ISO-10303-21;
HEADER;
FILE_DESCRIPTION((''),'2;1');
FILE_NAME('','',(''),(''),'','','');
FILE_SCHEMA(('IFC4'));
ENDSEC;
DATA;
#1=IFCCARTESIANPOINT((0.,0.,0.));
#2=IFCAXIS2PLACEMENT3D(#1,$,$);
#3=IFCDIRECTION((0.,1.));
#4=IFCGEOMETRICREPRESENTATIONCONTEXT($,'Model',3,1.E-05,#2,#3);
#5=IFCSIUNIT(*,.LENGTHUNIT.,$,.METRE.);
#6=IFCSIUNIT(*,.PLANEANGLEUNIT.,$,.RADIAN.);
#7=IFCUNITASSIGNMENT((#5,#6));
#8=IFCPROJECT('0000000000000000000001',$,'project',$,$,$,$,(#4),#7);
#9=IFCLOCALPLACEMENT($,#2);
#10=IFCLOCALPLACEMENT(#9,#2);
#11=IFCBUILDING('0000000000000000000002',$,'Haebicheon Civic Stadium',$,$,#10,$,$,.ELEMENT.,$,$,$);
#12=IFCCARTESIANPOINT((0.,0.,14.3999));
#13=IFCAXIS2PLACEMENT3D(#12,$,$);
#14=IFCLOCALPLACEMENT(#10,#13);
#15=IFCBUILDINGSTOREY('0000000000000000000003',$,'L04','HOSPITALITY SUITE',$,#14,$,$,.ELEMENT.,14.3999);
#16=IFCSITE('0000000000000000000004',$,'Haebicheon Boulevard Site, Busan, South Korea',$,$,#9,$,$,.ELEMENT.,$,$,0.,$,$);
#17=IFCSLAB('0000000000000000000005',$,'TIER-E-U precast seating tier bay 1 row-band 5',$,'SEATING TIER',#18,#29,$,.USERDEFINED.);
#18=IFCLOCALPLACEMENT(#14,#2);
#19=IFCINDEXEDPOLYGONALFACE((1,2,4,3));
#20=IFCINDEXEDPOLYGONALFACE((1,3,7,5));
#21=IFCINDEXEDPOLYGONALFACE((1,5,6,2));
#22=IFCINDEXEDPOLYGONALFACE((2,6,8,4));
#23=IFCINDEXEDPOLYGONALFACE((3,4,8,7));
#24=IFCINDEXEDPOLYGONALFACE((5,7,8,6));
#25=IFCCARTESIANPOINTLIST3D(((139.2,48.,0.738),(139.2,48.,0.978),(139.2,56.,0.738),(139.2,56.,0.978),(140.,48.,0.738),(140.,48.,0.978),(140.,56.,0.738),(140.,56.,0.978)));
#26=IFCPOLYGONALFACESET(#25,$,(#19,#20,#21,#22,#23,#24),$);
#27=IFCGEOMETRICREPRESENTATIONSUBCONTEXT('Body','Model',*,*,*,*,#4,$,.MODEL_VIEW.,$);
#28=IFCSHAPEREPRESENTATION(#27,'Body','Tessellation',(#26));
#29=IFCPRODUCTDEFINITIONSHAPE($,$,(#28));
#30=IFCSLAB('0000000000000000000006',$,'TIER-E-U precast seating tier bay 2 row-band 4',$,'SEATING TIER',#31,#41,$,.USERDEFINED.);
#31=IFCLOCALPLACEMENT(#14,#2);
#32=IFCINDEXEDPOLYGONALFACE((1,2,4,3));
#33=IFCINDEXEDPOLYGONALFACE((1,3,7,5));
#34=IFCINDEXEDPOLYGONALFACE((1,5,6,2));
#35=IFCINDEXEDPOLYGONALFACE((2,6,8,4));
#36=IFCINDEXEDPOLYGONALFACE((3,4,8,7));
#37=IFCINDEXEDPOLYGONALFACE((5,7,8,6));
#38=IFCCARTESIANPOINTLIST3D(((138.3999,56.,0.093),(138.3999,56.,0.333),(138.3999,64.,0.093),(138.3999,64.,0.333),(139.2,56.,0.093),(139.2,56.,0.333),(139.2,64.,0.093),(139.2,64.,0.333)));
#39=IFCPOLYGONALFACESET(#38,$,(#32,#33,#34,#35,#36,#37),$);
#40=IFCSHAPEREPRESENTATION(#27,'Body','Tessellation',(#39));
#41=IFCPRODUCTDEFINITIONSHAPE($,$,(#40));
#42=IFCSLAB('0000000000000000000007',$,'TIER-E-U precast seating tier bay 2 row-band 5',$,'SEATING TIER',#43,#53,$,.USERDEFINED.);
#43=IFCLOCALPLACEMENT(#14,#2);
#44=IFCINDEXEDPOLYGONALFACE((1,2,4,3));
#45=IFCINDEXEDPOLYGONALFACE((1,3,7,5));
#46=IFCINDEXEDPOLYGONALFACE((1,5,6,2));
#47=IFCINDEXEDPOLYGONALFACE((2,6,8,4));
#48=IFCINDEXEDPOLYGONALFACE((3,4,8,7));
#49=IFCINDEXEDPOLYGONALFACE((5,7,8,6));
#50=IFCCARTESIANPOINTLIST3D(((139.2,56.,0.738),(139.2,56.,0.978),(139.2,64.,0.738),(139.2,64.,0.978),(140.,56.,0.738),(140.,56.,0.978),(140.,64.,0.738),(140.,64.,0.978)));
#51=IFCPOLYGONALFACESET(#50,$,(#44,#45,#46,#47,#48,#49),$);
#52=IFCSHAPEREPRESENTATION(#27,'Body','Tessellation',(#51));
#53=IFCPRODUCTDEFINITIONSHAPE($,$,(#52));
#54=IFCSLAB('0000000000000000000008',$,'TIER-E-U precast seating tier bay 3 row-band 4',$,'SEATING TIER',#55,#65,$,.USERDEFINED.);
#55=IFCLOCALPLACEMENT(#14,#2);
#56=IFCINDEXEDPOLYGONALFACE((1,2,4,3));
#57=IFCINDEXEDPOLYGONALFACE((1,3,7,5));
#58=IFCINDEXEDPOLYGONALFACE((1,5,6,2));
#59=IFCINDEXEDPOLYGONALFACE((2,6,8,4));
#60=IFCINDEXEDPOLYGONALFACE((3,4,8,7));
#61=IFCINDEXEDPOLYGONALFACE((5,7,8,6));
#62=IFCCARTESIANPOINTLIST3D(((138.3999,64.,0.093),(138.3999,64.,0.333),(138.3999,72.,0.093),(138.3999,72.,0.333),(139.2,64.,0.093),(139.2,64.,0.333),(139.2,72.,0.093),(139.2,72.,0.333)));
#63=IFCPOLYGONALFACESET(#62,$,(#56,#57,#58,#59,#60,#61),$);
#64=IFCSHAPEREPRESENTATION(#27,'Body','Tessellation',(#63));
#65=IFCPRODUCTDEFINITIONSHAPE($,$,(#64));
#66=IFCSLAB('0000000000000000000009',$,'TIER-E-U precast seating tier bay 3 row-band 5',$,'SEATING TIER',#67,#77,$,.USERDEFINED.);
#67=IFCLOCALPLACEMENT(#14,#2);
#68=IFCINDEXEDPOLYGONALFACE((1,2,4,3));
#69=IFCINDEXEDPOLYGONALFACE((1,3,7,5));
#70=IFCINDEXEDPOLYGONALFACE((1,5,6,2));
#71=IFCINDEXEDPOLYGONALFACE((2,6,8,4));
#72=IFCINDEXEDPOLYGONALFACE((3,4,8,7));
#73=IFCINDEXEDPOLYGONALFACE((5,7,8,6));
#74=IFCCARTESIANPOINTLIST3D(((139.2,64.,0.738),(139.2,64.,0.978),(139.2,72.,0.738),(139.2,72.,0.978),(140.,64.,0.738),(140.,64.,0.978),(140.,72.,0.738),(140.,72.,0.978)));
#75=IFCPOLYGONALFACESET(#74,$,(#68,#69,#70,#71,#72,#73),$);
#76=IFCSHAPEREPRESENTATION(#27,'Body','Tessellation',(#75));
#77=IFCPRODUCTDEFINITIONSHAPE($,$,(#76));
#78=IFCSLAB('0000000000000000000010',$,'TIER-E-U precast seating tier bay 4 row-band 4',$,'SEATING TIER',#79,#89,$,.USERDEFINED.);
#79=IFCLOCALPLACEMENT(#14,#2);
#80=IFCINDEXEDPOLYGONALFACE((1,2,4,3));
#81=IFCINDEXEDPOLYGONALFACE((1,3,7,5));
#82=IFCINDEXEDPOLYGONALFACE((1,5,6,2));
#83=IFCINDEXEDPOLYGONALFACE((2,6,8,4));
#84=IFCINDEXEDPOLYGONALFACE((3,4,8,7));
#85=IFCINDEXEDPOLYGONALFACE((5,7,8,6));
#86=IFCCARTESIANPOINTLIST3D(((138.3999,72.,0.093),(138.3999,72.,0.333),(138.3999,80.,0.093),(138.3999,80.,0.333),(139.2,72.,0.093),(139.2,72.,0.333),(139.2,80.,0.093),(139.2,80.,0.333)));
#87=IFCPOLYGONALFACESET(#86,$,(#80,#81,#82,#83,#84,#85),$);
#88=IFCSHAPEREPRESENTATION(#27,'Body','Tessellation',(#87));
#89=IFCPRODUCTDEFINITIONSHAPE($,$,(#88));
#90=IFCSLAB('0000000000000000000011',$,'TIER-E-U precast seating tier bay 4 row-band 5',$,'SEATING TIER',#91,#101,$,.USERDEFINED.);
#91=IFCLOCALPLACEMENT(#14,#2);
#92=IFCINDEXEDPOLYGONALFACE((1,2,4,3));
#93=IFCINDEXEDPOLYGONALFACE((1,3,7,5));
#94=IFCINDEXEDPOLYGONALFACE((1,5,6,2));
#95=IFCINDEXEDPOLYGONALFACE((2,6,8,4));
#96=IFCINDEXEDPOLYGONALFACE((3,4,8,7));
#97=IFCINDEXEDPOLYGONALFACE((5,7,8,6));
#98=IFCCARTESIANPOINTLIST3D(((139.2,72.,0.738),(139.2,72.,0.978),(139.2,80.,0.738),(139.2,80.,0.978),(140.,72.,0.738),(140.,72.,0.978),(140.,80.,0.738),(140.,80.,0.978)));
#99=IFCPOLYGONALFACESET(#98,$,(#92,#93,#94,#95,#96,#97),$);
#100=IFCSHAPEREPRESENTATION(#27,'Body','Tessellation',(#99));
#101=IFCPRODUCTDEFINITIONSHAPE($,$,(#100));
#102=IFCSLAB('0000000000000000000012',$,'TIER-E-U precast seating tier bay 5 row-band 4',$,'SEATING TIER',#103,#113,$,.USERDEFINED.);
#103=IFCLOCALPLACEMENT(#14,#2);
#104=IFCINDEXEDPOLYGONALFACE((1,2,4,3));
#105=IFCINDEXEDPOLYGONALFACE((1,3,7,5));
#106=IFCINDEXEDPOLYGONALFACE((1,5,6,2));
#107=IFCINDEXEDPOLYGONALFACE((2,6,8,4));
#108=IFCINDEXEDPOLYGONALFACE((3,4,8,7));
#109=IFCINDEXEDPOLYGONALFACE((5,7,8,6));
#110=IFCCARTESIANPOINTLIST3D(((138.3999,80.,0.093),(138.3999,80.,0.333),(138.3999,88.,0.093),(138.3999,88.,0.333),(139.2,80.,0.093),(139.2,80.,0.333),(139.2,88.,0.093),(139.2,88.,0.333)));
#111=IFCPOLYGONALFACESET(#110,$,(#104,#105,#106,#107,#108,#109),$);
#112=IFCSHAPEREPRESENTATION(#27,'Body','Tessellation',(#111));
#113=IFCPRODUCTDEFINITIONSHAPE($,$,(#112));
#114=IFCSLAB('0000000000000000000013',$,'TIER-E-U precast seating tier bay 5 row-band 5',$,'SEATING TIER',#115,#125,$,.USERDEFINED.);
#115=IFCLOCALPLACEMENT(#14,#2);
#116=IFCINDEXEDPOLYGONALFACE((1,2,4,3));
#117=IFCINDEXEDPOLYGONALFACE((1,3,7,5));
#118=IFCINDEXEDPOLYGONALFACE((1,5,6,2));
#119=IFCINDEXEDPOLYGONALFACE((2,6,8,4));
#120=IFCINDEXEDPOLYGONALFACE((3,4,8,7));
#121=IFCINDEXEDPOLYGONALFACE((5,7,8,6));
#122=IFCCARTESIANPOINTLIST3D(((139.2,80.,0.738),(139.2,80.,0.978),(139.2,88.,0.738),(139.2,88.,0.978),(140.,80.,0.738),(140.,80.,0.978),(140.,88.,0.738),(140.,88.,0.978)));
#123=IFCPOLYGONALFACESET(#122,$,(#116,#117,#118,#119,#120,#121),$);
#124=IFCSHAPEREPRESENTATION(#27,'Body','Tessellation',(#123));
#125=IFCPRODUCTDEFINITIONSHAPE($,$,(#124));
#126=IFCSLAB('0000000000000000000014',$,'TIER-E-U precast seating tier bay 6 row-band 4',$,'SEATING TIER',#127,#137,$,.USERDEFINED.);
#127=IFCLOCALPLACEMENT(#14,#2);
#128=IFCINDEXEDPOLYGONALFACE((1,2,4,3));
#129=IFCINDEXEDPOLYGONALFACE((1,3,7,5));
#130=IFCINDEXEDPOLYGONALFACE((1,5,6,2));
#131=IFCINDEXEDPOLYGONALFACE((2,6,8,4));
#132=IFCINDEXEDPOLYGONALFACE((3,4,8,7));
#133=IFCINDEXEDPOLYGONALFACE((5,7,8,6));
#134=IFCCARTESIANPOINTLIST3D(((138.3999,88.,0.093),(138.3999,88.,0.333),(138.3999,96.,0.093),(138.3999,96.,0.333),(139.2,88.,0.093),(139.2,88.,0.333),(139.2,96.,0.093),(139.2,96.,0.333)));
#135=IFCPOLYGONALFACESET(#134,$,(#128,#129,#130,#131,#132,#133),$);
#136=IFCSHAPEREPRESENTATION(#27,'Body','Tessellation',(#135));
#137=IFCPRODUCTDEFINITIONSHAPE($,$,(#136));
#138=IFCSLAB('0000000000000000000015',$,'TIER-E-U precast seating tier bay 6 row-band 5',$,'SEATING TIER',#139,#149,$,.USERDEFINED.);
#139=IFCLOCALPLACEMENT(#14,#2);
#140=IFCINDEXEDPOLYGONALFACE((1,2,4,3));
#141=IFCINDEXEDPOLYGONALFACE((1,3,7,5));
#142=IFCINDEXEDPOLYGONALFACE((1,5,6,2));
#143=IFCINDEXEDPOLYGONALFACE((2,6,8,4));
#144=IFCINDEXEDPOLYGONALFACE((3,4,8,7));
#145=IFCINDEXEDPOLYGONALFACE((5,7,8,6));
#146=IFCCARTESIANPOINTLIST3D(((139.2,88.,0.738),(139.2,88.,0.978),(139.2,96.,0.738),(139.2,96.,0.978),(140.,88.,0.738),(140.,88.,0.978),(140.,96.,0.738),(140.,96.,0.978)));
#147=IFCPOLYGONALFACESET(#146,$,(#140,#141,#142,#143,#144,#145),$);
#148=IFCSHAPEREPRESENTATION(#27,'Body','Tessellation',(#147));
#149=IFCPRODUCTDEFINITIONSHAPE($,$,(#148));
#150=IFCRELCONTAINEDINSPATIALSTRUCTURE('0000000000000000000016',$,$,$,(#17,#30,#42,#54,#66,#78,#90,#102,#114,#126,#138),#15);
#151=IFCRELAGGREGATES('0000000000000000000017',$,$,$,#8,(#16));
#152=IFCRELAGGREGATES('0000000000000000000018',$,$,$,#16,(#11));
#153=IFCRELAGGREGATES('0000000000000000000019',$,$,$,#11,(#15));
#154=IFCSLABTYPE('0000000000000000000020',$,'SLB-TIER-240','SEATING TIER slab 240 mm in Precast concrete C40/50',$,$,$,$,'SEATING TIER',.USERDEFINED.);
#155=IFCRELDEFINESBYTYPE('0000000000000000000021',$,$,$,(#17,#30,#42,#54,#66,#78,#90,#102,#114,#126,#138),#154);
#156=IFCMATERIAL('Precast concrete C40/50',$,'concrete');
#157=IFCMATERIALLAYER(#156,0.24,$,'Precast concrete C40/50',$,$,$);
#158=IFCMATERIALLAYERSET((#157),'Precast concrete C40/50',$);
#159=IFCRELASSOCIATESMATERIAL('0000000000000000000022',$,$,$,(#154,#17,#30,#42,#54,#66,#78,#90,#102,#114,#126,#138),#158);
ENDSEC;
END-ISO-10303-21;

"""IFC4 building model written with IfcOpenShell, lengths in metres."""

from ifc_helpers import new_model, si_unit, direction, frame, origin, place, context, subcontext, project, spatial, polyline, outline, extrude, material, layer, layer_set, type_object, element, save


model = new_model("IFC4")

# Units and contexts
model_context = context("Model", 3, precision=1e-05, world=origin(), true_north=direction((0.0, 1.0)))
body_context = subcontext(model_context, "Body", "Model", "MODEL_VIEW")
ifc_project = project(units=[si_unit("LENGTHUNIT", "METRE"), si_unit("PLANEANGLEUNIT", "RADIAN")], contexts=[model_context])

# Site, building, storey
site_placement = place(None, origin())
site = spatial("IfcSite", under=ifc_project, at=site_placement, Name="Haebicheon Boulevard Site, Busan, South Korea", CompositionType="ELEMENT", RefElevation=0.0)
building_placement = place(site_placement, origin())
building = spatial("IfcBuilding", under=site, at=building_placement, Name="Haebicheon Civic Stadium", CompositionType="ELEMENT")
storey_placement = place(building_placement, frame((0.0, 0.0, 14.3999)))
storey = spatial("IfcBuildingStorey", under=building, at=storey_placement, Name="L04", Description="HOSPITALITY SUITE", CompositionType="ELEMENT", Elevation=14.3999)

# Slabs
ifc_material_1 = material(Name="Precast concrete C40/50", Category="concrete")
ifc_layer_1 = layer(ifc_material_1, 0.24, Name="Precast concrete C40/50")
ifc_layer_set_1 = layer_set([ifc_layer_1], Name="Precast concrete C40/50")
slab_type_1 = type_object("IfcSlabType", Name="SLB-TIER-240", Description="SEATING TIER slab 240 mm in Precast concrete C40/50", ElementType="SEATING TIER", PredefinedType="USERDEFINED", material=ifc_layer_set_1)
slab_1_placement = place(storey_placement, frame((0.0, 0.0, 0.738)))
element("IfcSlab", 1, at=slab_1_placement, inside=storey, type_object=slab_type_1, material=ifc_layer_set_1, Name="TIER-E-U precast seating tier bay 1 row-band 5", ObjectType="SEATING TIER", PredefinedType="USERDEFINED", context=body_context, shape_type="SweptSolid", body=[
    extrude(outline(polyline([(139.2, 48.0), (140.0, 48.0), (140.0, 56.0), (139.2, 56.0), (139.2, 48.0)])), origin(), (0.0, 0.0, 1.0), 0.24),
])
slab_2_placement = place(storey_placement, frame((0.0, 0.0, 0.093)))
element("IfcSlab", 2, at=slab_2_placement, inside=storey, type_object=slab_type_1, material=ifc_layer_set_1, Name="TIER-E-U precast seating tier bay 2 row-band 4", ObjectType="SEATING TIER", PredefinedType="USERDEFINED", context=body_context, shape_type="SweptSolid", body=[
    extrude(outline(polyline([(138.3999, 56.0), (139.2, 56.0), (139.2, 64.0), (138.3999, 64.0), (138.3999, 56.0)])), origin(), (0.0, 0.0, 1.0), 0.24),
])
slab_3_placement = place(storey_placement, frame((0.0, 0.0, 0.738)))
element("IfcSlab", 3, at=slab_3_placement, inside=storey, type_object=slab_type_1, material=ifc_layer_set_1, Name="TIER-E-U precast seating tier bay 2 row-band 5", ObjectType="SEATING TIER", PredefinedType="USERDEFINED", context=body_context, shape_type="SweptSolid", body=[
    extrude(outline(polyline([(139.2, 56.0), (140.0, 56.0), (140.0, 64.0), (139.2, 64.0), (139.2, 56.0)])), origin(), (0.0, 0.0, 1.0), 0.24),
])
slab_4_placement = place(storey_placement, frame((0.0, 0.0, 0.093)))
element("IfcSlab", 4, at=slab_4_placement, inside=storey, type_object=slab_type_1, material=ifc_layer_set_1, Name="TIER-E-U precast seating tier bay 3 row-band 4", ObjectType="SEATING TIER", PredefinedType="USERDEFINED", context=body_context, shape_type="SweptSolid", body=[
    extrude(outline(polyline([(138.3999, 64.0), (139.2, 64.0), (139.2, 72.0), (138.3999, 72.0), (138.3999, 64.0)])), origin(), (0.0, 0.0, 1.0), 0.24),
])
slab_5_placement = place(storey_placement, frame((0.0, 0.0, 0.738)))
element("IfcSlab", 5, at=slab_5_placement, inside=storey, type_object=slab_type_1, material=ifc_layer_set_1, Name="TIER-E-U precast seating tier bay 3 row-band 5", ObjectType="SEATING TIER", PredefinedType="USERDEFINED", context=body_context, shape_type="SweptSolid", body=[
    extrude(outline(polyline([(139.2, 64.0), (140.0, 64.0), (140.0, 72.0), (139.2, 72.0), (139.2, 64.0)])), origin(), (0.0, 0.0, 1.0), 0.24),
])
slab_6_placement = place(storey_placement, frame((0.0, 0.0, 0.093)))
element("IfcSlab", 6, at=slab_6_placement, inside=storey, type_object=slab_type_1, material=ifc_layer_set_1, Name="TIER-E-U precast seating tier bay 4 row-band 4", ObjectType="SEATING TIER", PredefinedType="USERDEFINED", context=body_context, shape_type="SweptSolid", body=[
    extrude(outline(polyline([(138.3999, 72.0), (139.2, 72.0), (139.2, 80.0), (138.3999, 80.0), (138.3999, 72.0)])), origin(), (0.0, 0.0, 1.0), 0.24),
])
slab_7_placement = place(storey_placement, frame((0.0, 0.0, 0.738)))
element("IfcSlab", 7, at=slab_7_placement, inside=storey, type_object=slab_type_1, material=ifc_layer_set_1, Name="TIER-E-U precast seating tier bay 4 row-band 5", ObjectType="SEATING TIER", PredefinedType="USERDEFINED", context=body_context, shape_type="SweptSolid", body=[
    extrude(outline(polyline([(139.2, 72.0), (140.0, 72.0), (140.0, 80.0), (139.2, 80.0), (139.2, 72.0)])), origin(), (0.0, 0.0, 1.0), 0.24),
])
slab_8_placement = place(storey_placement, frame((0.0, 0.0, 0.093)))
element("IfcSlab", 8, at=slab_8_placement, inside=storey, type_object=slab_type_1, material=ifc_layer_set_1, Name="TIER-E-U precast seating tier bay 5 row-band 4", ObjectType="SEATING TIER", PredefinedType="USERDEFINED", context=body_context, shape_type="SweptSolid", body=[
    extrude(outline(polyline([(138.3999, 80.0), (139.2, 80.0), (139.2, 88.0), (138.3999, 88.0), (138.3999, 80.0)])), origin(), (0.0, 0.0, 1.0), 0.24),
])
slab_9_placement = place(storey_placement, frame((0.0, 0.0, 0.738)))
element("IfcSlab", 9, at=slab_9_placement, inside=storey, type_object=slab_type_1, material=ifc_layer_set_1, Name="TIER-E-U precast seating tier bay 5 row-band 5", ObjectType="SEATING TIER", PredefinedType="USERDEFINED", context=body_context, shape_type="SweptSolid", body=[
    extrude(outline(polyline([(139.2, 80.0), (140.0, 80.0), (140.0, 88.0), (139.2, 88.0), (139.2, 80.0)])), origin(), (0.0, 0.0, 1.0), 0.24),
])
slab_10_placement = place(storey_placement, frame((0.0, 0.0, 0.093)))
element("IfcSlab", 10, at=slab_10_placement, inside=storey, type_object=slab_type_1, material=ifc_layer_set_1, Name="TIER-E-U precast seating tier bay 6 row-band 4", ObjectType="SEATING TIER", PredefinedType="USERDEFINED", context=body_context, shape_type="SweptSolid", body=[
    extrude(outline(polyline([(138.3999, 88.0), (139.2, 88.0), (139.2, 96.0), (138.3999, 96.0), (138.3999, 88.0)])), origin(), (0.0, 0.0, 1.0), 0.24),
])
slab_11_placement = place(storey_placement, frame((0.0, 0.0, 0.738)))
element("IfcSlab", 11, at=slab_11_placement, inside=storey, type_object=slab_type_1, material=ifc_layer_set_1, Name="TIER-E-U precast seating tier bay 6 row-band 5", ObjectType="SEATING TIER", PredefinedType="USERDEFINED", context=body_context, shape_type="SweptSolid", body=[
    extrude(outline(polyline([(139.2, 88.0), (140.0, 88.0), (140.0, 96.0), (139.2, 96.0), (139.2, 88.0)])), origin(), (0.0, 0.0, 1.0), 0.24),
])

save(model, "model.ifc")
